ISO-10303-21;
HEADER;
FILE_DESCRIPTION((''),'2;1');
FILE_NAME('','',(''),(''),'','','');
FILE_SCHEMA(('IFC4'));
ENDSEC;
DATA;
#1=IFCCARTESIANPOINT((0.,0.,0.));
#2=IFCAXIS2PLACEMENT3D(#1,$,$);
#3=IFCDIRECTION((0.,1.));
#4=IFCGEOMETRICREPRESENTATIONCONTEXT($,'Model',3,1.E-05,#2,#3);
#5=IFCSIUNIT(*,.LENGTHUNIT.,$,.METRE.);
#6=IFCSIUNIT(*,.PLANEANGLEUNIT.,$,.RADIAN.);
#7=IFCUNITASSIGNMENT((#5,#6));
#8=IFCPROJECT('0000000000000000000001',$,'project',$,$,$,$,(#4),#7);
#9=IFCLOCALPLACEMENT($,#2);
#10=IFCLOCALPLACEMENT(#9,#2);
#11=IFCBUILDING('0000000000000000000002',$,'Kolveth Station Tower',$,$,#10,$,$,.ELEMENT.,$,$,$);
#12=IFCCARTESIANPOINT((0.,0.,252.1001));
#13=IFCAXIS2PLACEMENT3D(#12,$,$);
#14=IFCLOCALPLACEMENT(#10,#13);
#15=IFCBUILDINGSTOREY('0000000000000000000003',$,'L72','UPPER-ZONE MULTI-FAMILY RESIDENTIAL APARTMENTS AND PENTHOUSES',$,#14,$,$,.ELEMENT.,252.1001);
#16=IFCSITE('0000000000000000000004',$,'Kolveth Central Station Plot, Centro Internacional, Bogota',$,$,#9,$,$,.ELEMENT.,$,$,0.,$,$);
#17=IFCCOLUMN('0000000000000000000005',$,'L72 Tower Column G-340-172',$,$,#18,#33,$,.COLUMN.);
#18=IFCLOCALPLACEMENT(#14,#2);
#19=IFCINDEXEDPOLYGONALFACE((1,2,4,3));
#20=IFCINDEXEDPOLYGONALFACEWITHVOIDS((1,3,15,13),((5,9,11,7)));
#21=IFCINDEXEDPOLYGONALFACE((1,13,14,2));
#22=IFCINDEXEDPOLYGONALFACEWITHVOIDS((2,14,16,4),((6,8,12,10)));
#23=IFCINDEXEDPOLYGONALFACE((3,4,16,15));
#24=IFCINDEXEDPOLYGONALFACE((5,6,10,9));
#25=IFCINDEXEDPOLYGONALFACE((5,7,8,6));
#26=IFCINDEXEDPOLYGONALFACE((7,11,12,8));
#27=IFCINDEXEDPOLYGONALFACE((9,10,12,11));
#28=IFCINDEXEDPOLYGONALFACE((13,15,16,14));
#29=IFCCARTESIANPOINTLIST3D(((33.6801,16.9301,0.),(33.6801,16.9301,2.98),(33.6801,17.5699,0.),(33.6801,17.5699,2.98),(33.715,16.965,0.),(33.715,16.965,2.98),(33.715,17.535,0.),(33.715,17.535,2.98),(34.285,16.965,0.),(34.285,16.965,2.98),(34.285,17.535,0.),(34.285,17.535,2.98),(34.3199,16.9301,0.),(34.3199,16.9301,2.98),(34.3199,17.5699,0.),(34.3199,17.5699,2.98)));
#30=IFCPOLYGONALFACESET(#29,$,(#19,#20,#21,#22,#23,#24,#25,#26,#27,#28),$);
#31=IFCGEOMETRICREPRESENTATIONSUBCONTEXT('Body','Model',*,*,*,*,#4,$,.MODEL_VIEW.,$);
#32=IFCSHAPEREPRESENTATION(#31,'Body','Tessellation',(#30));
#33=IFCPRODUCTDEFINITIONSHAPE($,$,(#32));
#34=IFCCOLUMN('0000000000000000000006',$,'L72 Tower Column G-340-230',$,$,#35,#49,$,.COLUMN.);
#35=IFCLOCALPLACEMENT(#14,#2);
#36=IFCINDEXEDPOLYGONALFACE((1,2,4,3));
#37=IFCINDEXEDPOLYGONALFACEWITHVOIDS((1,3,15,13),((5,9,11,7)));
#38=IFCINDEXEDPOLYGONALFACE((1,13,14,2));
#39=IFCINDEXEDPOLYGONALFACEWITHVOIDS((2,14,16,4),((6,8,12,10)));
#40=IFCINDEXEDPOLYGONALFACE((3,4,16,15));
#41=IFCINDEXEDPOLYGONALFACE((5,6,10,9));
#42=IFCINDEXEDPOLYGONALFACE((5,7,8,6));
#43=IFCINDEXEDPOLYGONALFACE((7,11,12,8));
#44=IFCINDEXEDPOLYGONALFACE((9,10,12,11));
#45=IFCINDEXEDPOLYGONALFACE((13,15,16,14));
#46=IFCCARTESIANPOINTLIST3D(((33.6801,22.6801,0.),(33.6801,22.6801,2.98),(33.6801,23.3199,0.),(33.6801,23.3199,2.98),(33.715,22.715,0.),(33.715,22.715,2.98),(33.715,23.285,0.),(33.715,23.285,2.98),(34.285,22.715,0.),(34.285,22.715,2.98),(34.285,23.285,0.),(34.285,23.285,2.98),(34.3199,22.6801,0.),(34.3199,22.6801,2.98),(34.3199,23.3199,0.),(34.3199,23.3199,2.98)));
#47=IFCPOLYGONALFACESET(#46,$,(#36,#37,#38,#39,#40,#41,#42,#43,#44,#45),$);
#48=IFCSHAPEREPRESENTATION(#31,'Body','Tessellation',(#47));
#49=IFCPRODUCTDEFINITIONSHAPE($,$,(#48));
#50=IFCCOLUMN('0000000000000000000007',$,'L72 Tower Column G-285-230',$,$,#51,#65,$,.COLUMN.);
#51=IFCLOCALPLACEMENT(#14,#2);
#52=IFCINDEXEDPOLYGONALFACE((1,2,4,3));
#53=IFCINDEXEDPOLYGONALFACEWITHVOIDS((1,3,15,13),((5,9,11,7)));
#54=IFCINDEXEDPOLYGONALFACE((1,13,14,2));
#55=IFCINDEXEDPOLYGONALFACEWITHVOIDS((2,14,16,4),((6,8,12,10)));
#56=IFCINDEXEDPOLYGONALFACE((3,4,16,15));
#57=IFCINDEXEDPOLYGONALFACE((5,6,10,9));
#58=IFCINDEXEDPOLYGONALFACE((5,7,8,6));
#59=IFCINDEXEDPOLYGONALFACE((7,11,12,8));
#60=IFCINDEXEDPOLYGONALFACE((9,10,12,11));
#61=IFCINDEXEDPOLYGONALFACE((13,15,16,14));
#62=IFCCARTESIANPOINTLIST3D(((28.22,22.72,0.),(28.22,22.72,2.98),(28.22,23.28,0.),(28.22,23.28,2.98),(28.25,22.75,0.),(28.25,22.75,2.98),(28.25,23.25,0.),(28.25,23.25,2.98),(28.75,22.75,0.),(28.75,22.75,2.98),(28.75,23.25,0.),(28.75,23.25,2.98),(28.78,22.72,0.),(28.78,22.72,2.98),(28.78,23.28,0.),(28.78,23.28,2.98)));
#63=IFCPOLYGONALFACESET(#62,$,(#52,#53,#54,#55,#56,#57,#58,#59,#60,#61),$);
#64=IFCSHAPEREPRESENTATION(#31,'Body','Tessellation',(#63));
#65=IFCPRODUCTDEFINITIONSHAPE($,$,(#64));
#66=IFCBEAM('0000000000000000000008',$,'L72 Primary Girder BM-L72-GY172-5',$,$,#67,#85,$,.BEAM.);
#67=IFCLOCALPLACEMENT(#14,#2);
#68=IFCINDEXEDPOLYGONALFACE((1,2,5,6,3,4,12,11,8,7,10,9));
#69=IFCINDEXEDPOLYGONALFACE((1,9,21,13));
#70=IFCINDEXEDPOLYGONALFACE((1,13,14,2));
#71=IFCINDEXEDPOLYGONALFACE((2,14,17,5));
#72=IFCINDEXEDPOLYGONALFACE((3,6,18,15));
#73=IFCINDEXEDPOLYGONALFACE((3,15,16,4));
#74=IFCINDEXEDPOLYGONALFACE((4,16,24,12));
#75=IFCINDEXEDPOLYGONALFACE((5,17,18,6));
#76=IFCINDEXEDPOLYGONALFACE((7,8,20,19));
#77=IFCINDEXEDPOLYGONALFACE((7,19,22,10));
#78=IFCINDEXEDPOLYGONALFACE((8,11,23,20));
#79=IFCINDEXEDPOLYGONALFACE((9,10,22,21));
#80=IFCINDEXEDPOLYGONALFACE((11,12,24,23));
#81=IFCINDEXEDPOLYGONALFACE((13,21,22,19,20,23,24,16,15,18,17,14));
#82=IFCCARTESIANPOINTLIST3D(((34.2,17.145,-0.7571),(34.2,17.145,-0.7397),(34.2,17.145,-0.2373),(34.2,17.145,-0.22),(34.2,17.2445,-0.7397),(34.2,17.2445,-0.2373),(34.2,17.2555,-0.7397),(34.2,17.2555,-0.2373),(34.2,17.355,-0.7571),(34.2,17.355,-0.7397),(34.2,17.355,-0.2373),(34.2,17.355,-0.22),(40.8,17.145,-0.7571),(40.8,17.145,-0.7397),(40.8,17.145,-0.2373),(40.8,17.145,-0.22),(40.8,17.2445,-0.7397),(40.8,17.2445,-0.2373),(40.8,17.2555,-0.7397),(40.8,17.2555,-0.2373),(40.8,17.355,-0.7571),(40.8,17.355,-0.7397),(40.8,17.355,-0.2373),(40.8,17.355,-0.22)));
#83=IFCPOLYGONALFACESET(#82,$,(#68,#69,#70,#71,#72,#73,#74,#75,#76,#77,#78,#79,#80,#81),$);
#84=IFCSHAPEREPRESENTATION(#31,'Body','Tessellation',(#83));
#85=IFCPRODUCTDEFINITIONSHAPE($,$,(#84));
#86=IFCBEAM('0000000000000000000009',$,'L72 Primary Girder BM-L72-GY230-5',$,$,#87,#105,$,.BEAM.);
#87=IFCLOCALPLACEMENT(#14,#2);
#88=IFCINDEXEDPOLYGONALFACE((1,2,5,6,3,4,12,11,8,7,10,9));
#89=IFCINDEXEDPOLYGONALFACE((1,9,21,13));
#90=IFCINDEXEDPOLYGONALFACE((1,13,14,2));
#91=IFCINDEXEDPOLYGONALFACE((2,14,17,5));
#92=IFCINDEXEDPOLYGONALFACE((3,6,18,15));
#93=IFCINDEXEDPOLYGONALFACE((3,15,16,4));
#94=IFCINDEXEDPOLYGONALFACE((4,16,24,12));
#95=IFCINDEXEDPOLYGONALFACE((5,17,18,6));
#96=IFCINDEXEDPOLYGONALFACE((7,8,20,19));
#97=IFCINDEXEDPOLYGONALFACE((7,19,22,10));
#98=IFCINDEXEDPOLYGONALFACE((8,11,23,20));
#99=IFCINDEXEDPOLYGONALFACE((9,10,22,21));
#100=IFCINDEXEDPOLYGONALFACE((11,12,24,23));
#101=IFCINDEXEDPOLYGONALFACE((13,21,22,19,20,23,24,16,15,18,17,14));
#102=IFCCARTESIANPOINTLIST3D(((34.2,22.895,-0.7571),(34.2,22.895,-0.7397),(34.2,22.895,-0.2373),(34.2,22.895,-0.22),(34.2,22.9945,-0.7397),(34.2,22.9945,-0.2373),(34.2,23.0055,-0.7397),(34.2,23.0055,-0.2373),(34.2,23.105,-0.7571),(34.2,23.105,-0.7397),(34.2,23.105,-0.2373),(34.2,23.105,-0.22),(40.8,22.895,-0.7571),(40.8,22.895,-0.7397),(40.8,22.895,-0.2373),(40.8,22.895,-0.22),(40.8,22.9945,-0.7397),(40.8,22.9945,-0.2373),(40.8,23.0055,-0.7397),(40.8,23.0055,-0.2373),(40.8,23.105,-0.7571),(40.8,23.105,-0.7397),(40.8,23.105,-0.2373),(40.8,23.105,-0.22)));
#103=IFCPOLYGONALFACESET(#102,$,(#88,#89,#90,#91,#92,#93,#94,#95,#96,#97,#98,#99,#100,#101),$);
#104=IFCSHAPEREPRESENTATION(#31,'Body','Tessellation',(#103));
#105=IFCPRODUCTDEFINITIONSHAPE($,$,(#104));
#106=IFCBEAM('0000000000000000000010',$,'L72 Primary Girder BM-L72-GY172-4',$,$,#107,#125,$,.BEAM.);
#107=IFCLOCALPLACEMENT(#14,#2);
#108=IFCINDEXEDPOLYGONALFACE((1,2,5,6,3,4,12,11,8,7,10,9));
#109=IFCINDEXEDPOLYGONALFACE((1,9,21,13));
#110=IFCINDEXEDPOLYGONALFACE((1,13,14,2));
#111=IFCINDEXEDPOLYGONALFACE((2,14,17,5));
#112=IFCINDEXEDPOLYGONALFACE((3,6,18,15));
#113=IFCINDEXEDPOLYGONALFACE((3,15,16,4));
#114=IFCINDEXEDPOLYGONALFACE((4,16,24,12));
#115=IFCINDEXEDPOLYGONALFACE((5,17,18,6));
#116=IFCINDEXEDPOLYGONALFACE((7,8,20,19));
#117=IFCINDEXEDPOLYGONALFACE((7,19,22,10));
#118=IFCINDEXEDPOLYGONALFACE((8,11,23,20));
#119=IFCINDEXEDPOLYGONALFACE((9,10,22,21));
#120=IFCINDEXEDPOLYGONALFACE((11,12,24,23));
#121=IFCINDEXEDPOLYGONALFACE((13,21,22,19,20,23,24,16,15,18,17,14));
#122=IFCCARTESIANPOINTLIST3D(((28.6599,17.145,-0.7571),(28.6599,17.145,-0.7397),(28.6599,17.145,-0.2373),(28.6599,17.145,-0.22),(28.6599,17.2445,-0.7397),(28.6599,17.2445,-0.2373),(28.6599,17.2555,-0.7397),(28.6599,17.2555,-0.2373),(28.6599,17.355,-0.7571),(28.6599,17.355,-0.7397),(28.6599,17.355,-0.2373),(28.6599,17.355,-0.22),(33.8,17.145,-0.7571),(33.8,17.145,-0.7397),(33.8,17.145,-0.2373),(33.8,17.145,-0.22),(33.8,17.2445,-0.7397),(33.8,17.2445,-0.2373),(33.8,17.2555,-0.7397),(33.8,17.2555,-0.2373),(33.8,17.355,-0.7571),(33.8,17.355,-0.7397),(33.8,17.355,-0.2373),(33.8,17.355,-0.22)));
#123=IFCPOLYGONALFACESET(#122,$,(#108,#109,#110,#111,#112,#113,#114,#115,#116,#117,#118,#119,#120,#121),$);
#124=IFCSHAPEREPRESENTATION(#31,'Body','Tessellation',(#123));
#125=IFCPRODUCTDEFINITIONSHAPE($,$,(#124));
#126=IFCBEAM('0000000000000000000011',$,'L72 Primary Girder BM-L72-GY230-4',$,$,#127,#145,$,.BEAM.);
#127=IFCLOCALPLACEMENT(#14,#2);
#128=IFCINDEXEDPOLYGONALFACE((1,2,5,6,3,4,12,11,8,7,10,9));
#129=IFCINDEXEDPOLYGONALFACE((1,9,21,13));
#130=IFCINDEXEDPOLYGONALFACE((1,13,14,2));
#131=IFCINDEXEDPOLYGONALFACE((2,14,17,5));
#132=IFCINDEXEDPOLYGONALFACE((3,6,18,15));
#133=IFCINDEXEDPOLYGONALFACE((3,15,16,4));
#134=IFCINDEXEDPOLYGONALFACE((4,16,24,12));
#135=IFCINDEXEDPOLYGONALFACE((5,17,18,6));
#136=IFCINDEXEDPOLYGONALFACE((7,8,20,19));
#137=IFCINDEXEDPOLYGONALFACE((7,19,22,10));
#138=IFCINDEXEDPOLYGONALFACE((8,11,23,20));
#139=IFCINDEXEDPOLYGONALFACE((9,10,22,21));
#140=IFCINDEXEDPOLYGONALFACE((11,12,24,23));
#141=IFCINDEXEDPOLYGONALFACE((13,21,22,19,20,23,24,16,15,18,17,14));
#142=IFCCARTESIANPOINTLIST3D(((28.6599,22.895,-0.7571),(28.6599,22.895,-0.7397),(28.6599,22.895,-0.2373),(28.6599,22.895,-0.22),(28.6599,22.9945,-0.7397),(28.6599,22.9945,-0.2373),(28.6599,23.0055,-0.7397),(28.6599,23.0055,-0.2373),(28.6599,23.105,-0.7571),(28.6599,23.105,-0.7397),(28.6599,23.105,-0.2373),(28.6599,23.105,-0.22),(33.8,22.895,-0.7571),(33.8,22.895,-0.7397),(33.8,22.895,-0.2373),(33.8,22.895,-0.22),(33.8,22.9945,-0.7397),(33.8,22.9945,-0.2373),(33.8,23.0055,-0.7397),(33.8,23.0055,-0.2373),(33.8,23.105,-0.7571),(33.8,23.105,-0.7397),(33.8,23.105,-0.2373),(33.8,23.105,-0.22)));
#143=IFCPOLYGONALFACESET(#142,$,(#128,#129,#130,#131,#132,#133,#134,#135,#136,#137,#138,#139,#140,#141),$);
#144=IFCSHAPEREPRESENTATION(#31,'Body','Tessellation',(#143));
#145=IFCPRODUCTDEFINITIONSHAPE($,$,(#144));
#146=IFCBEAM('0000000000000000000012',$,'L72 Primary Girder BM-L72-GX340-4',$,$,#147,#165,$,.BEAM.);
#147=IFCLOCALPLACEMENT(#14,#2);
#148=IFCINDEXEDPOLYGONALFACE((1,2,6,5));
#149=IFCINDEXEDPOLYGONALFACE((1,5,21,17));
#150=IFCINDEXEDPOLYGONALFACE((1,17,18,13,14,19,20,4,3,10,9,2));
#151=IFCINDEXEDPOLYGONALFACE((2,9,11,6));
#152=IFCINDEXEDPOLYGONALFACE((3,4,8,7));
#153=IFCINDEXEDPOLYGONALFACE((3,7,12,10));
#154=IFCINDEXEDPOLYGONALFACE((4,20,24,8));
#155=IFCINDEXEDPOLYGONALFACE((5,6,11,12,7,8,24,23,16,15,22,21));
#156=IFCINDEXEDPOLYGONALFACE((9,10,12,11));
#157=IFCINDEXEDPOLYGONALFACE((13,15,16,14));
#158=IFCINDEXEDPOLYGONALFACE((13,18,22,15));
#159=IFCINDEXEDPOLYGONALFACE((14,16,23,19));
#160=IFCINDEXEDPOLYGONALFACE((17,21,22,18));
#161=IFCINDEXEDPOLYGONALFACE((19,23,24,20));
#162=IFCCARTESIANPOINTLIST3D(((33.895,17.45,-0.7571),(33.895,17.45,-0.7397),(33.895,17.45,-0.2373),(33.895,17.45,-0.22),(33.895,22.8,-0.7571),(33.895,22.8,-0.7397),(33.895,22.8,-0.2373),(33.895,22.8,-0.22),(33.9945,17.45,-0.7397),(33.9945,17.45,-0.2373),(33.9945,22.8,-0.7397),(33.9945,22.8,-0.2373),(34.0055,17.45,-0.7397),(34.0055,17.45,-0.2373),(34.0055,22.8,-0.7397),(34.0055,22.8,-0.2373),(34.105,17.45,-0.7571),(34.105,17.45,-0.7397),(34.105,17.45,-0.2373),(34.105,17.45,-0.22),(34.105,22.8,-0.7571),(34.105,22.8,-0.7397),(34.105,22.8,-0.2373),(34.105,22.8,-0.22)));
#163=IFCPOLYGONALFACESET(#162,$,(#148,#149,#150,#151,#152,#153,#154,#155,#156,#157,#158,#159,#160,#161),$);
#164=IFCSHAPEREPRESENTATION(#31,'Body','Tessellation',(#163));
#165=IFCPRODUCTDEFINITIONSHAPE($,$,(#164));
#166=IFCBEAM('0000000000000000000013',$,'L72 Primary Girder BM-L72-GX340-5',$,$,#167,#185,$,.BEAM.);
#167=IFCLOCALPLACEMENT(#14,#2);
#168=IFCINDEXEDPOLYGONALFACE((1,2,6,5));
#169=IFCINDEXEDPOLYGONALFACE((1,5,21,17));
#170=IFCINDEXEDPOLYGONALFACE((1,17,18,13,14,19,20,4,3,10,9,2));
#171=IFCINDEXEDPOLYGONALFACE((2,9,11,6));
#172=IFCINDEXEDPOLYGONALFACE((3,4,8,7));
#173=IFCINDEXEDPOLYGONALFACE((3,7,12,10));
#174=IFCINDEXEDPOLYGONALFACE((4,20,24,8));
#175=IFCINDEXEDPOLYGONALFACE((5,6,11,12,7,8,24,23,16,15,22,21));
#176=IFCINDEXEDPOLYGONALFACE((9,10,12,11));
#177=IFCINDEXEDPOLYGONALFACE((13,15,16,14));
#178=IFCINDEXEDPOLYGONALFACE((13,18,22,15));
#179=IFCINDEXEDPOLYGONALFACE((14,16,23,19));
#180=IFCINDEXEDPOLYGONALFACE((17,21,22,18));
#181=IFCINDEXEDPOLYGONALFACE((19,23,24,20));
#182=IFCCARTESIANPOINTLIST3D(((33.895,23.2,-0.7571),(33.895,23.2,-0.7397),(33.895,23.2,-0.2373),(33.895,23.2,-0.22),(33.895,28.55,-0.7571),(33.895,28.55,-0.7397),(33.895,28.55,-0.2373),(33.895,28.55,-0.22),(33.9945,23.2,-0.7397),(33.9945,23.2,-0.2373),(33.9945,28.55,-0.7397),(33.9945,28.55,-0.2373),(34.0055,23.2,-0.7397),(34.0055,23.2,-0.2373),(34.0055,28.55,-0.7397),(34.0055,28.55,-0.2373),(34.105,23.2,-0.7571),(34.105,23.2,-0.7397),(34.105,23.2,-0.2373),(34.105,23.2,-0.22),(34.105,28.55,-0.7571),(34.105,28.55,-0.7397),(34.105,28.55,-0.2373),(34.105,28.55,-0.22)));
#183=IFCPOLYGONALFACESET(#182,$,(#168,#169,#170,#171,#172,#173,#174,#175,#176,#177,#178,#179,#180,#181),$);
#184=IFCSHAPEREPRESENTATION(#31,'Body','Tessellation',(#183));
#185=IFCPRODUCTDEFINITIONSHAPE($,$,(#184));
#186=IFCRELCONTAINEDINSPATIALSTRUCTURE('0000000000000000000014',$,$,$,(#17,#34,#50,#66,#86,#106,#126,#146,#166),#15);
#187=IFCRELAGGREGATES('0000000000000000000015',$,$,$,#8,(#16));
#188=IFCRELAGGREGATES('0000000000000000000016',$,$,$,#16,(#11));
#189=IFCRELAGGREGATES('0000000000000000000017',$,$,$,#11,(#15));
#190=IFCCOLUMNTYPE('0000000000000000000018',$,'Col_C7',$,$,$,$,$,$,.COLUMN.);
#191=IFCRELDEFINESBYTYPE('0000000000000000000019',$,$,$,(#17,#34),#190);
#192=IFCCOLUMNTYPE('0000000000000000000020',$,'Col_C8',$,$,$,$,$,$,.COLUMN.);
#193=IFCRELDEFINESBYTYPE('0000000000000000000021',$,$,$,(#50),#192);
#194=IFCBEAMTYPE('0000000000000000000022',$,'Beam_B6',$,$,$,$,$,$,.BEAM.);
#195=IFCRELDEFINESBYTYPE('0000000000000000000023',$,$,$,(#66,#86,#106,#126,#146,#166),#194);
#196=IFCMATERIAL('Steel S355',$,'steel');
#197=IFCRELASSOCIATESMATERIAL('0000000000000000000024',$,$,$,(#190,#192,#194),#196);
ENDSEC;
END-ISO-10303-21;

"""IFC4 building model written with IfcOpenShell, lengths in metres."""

from ifc_helpers import new_model, si_unit, direction, frame, origin, origin_2d, place, context, subcontext, project, spatial, hollow_rectangle, i_section, extrude, source, transform, mapped, material, material_profile, profile_set, type_object, element, save


model = new_model("IFC4")

# Units and contexts
model_context = context("Model", 3, precision=1e-05, world=origin(), true_north=direction((0.0, 1.0)))
body_context = subcontext(model_context, "Body", "Model", "MODEL_VIEW")
ifc_project = project(units=[si_unit("LENGTHUNIT", "METRE"), si_unit("PLANEANGLEUNIT", "RADIAN")], contexts=[model_context])

# Site, building, storey
site_placement = place(None, origin())
site = spatial("IfcSite", under=ifc_project, at=site_placement, Name="Kolveth Central Station Plot, Centro Internacional, Bogota", CompositionType="ELEMENT", RefElevation=0.0)
building_placement = place(site_placement, origin())
building = spatial("IfcBuilding", under=site, at=building_placement, Name="Kolveth Station Tower", CompositionType="ELEMENT")
storey_placement = place(building_placement, frame((0.0, 0.0, 252.1001)))
storey = spatial("IfcBuildingStorey", under=building, at=storey_placement, Name="L72", Description="UPPER-ZONE MULTI-FAMILY RESIDENTIAL APARTMENTS AND PENTHOUSES", CompositionType="ELEMENT", Elevation=252.1001)

# Columns
ifc_material_1 = material(Name="Steel S355", Category="steel")
ifc_material_profile_1 = material_profile(ifc_material_1, hollow_rectangle(XDim=0.6399, YDim=0.6399, WallThickness=0.0349, at=origin_2d()), Name="BOX640x640x35")
ifc_profile_set_1 = profile_set([ifc_material_profile_1], Name="Steel S355")
column_type_1 = type_object("IfcColumnType", Name="Col_C7", PredefinedType="COLUMN", material=ifc_profile_set_1)
shared_shape_1 = source(origin(), body_context, "Body", "SweptSolid", [
    extrude(hollow_rectangle(XDim=0.6399, YDim=0.6399, WallThickness=0.0349, at=origin_2d()), origin(), (0.0, 0.0, 1.0), 2.98),
])
for number, where, z_axis, x_axis, name in (
    (1, (34.0, 17.25, 0.0), (0.0, 0.0, 1.0), (1.0, 0.0, 0.0), "L72 Tower Column G-340-172"),
    (2, (34.0, 23.0, 0.0), (0.0, 0.0, 1.0), (1.0, 0.0, 0.0), "L72 Tower Column G-340-230"),
):
    element("IfcColumn", number, at=place(storey_placement, frame(where, z_axis=z_axis, x_axis=x_axis)), inside=storey, type_object=column_type_1, Name=name, PredefinedType="COLUMN", context=body_context, shape_type="MappedRepresentation", body=[
        mapped(shared_shape_1, transform((0.0, 0.0, 0.0), x_axis=(1.0, 0.0, 0.0), y_axis=(0.0, 1.0, 0.0), z_axis=(0.0, 0.0, 1.0), scale=1.0)),
    ])
ifc_material_profile_2 = material_profile(ifc_material_1, hollow_rectangle(XDim=0.5601, YDim=0.5601, WallThickness=0.03, at=origin_2d()), Name="BOX560x560x30")
ifc_profile_set_2 = profile_set([ifc_material_profile_2], Name="Steel S355")
column_type_2 = type_object("IfcColumnType", Name="Col_C8", PredefinedType="COLUMN", material=ifc_profile_set_2)
shared_shape_2 = source(origin(), body_context, "Body", "SweptSolid", [
    extrude(hollow_rectangle(XDim=0.5601, YDim=0.5601, WallThickness=0.03, at=origin_2d()), origin(), (0.0, 0.0, 1.0), 2.98),
])
column_placement = place(storey_placement, frame((28.5, 23.0, 0.0), z_axis=(0.0, 0.0, 1.0), x_axis=(1.0, 0.0, 0.0)))
element("IfcColumn", 3, at=column_placement, inside=storey, type_object=column_type_2, Name="L72 Tower Column G-285-230", PredefinedType="COLUMN", context=body_context, shape_type="MappedRepresentation", body=[
    mapped(shared_shape_2, transform((0.0, 0.0, 0.0), x_axis=(1.0, 0.0, 0.0), y_axis=(0.0, 1.0, 0.0), z_axis=(0.0, 0.0, 1.0), scale=1.0)),
])

# Beams
ifc_material_profile_3 = material_profile(ifc_material_1, i_section(OverallWidth=0.21, OverallDepth=0.5371, WebThickness=0.011, FlangeThickness=0.0173, at=origin_2d()), Name="W530x101")
ifc_profile_set_3 = profile_set([ifc_material_profile_3], Name="Steel S355")
beam_type_1 = type_object("IfcBeamType", Name="Beam_B6", PredefinedType="BEAM", material=ifc_profile_set_3)
shared_shape_3 = source(origin(), body_context, "Body", "SweptSolid", [
    extrude(i_section(OverallWidth=0.21, OverallDepth=0.5371, WebThickness=0.011, FlangeThickness=0.0173, at=origin_2d()), origin(), (0.0, 0.0, 1.0), 6.6001),
])
for number, where, z_axis, x_axis, name in (
    (4, (34.2, 17.25, -0.4885), (1.0, 0.0, 0.0), (0.0, 1.0, 0.0), "L72 Primary Girder BM-L72-GY172-5"),
    (5, (34.2, 23.0, -0.4885), (1.0, 0.0, 0.0), (0.0, 1.0, 0.0), "L72 Primary Girder BM-L72-GY230-5"),
):
    element("IfcBeam", number, at=place(storey_placement, frame(where, z_axis=z_axis, x_axis=x_axis)), inside=storey, type_object=beam_type_1, Name=name, PredefinedType="BEAM", context=body_context, shape_type="MappedRepresentation", body=[
        mapped(shared_shape_3, transform((0.0, 0.0, 0.0), x_axis=(1.0, 0.0, 0.0), y_axis=(0.0, 1.0, 0.0), z_axis=(0.0, 0.0, 1.0), scale=1.0)),
    ])
shared_shape_4 = source(origin(), body_context, "Body", "SweptSolid", [
    extrude(i_section(OverallWidth=0.21, OverallDepth=0.5371, WebThickness=0.011, FlangeThickness=0.0173, at=origin_2d()), origin(), (0.0, 0.0, 1.0), 5.1401),
])
for number, where, z_axis, x_axis, name in (
    (6, (28.6599, 17.25, -0.4885), (1.0, 0.0, 0.0), (0.0, 1.0, 0.0), "L72 Primary Girder BM-L72-GY172-4"),
    (7, (28.6599, 23.0, -0.4885), (1.0, 0.0, 0.0), (0.0, 1.0, 0.0), "L72 Primary Girder BM-L72-GY230-4"),
):
    element("IfcBeam", number, at=place(storey_placement, frame(where, z_axis=z_axis, x_axis=x_axis)), inside=storey, type_object=beam_type_1, Name=name, PredefinedType="BEAM", context=body_context, shape_type="MappedRepresentation", body=[
        mapped(shared_shape_4, transform((0.0, 0.0, 0.0), x_axis=(1.0, 0.0, 0.0), y_axis=(0.0, 1.0, 0.0), z_axis=(0.0, 0.0, 1.0), scale=1.0)),
    ])
shared_shape_5 = source(origin(), body_context, "Body", "SweptSolid", [
    extrude(i_section(OverallWidth=0.21, OverallDepth=0.5371, WebThickness=0.011, FlangeThickness=0.0173, at=origin_2d()), origin(), (0.0, 0.0, 1.0), 5.3501),
])
for number, where, z_axis, x_axis, name in (
    (8, (34.0, 17.45, -0.4885), (0.0, 1.0, 0.0), (-1.0, 0.0, 0.0), "L72 Primary Girder BM-L72-GX340-4"),
    (9, (34.0, 23.2, -0.4885), (0.0, 1.0, 0.0), (-1.0, 0.0, 0.0), "L72 Primary Girder BM-L72-GX340-5"),
):
    element("IfcBeam", number, at=place(storey_placement, frame(where, z_axis=z_axis, x_axis=x_axis)), inside=storey, type_object=beam_type_1, Name=name, PredefinedType="BEAM", context=body_context, shape_type="MappedRepresentation", body=[
        mapped(shared_shape_5, transform((0.0, 0.0, 0.0), x_axis=(1.0, 0.0, 0.0), y_axis=(0.0, 1.0, 0.0), z_axis=(0.0, 0.0, 1.0), scale=1.0)),
    ])

save(model, "model.ifc")
